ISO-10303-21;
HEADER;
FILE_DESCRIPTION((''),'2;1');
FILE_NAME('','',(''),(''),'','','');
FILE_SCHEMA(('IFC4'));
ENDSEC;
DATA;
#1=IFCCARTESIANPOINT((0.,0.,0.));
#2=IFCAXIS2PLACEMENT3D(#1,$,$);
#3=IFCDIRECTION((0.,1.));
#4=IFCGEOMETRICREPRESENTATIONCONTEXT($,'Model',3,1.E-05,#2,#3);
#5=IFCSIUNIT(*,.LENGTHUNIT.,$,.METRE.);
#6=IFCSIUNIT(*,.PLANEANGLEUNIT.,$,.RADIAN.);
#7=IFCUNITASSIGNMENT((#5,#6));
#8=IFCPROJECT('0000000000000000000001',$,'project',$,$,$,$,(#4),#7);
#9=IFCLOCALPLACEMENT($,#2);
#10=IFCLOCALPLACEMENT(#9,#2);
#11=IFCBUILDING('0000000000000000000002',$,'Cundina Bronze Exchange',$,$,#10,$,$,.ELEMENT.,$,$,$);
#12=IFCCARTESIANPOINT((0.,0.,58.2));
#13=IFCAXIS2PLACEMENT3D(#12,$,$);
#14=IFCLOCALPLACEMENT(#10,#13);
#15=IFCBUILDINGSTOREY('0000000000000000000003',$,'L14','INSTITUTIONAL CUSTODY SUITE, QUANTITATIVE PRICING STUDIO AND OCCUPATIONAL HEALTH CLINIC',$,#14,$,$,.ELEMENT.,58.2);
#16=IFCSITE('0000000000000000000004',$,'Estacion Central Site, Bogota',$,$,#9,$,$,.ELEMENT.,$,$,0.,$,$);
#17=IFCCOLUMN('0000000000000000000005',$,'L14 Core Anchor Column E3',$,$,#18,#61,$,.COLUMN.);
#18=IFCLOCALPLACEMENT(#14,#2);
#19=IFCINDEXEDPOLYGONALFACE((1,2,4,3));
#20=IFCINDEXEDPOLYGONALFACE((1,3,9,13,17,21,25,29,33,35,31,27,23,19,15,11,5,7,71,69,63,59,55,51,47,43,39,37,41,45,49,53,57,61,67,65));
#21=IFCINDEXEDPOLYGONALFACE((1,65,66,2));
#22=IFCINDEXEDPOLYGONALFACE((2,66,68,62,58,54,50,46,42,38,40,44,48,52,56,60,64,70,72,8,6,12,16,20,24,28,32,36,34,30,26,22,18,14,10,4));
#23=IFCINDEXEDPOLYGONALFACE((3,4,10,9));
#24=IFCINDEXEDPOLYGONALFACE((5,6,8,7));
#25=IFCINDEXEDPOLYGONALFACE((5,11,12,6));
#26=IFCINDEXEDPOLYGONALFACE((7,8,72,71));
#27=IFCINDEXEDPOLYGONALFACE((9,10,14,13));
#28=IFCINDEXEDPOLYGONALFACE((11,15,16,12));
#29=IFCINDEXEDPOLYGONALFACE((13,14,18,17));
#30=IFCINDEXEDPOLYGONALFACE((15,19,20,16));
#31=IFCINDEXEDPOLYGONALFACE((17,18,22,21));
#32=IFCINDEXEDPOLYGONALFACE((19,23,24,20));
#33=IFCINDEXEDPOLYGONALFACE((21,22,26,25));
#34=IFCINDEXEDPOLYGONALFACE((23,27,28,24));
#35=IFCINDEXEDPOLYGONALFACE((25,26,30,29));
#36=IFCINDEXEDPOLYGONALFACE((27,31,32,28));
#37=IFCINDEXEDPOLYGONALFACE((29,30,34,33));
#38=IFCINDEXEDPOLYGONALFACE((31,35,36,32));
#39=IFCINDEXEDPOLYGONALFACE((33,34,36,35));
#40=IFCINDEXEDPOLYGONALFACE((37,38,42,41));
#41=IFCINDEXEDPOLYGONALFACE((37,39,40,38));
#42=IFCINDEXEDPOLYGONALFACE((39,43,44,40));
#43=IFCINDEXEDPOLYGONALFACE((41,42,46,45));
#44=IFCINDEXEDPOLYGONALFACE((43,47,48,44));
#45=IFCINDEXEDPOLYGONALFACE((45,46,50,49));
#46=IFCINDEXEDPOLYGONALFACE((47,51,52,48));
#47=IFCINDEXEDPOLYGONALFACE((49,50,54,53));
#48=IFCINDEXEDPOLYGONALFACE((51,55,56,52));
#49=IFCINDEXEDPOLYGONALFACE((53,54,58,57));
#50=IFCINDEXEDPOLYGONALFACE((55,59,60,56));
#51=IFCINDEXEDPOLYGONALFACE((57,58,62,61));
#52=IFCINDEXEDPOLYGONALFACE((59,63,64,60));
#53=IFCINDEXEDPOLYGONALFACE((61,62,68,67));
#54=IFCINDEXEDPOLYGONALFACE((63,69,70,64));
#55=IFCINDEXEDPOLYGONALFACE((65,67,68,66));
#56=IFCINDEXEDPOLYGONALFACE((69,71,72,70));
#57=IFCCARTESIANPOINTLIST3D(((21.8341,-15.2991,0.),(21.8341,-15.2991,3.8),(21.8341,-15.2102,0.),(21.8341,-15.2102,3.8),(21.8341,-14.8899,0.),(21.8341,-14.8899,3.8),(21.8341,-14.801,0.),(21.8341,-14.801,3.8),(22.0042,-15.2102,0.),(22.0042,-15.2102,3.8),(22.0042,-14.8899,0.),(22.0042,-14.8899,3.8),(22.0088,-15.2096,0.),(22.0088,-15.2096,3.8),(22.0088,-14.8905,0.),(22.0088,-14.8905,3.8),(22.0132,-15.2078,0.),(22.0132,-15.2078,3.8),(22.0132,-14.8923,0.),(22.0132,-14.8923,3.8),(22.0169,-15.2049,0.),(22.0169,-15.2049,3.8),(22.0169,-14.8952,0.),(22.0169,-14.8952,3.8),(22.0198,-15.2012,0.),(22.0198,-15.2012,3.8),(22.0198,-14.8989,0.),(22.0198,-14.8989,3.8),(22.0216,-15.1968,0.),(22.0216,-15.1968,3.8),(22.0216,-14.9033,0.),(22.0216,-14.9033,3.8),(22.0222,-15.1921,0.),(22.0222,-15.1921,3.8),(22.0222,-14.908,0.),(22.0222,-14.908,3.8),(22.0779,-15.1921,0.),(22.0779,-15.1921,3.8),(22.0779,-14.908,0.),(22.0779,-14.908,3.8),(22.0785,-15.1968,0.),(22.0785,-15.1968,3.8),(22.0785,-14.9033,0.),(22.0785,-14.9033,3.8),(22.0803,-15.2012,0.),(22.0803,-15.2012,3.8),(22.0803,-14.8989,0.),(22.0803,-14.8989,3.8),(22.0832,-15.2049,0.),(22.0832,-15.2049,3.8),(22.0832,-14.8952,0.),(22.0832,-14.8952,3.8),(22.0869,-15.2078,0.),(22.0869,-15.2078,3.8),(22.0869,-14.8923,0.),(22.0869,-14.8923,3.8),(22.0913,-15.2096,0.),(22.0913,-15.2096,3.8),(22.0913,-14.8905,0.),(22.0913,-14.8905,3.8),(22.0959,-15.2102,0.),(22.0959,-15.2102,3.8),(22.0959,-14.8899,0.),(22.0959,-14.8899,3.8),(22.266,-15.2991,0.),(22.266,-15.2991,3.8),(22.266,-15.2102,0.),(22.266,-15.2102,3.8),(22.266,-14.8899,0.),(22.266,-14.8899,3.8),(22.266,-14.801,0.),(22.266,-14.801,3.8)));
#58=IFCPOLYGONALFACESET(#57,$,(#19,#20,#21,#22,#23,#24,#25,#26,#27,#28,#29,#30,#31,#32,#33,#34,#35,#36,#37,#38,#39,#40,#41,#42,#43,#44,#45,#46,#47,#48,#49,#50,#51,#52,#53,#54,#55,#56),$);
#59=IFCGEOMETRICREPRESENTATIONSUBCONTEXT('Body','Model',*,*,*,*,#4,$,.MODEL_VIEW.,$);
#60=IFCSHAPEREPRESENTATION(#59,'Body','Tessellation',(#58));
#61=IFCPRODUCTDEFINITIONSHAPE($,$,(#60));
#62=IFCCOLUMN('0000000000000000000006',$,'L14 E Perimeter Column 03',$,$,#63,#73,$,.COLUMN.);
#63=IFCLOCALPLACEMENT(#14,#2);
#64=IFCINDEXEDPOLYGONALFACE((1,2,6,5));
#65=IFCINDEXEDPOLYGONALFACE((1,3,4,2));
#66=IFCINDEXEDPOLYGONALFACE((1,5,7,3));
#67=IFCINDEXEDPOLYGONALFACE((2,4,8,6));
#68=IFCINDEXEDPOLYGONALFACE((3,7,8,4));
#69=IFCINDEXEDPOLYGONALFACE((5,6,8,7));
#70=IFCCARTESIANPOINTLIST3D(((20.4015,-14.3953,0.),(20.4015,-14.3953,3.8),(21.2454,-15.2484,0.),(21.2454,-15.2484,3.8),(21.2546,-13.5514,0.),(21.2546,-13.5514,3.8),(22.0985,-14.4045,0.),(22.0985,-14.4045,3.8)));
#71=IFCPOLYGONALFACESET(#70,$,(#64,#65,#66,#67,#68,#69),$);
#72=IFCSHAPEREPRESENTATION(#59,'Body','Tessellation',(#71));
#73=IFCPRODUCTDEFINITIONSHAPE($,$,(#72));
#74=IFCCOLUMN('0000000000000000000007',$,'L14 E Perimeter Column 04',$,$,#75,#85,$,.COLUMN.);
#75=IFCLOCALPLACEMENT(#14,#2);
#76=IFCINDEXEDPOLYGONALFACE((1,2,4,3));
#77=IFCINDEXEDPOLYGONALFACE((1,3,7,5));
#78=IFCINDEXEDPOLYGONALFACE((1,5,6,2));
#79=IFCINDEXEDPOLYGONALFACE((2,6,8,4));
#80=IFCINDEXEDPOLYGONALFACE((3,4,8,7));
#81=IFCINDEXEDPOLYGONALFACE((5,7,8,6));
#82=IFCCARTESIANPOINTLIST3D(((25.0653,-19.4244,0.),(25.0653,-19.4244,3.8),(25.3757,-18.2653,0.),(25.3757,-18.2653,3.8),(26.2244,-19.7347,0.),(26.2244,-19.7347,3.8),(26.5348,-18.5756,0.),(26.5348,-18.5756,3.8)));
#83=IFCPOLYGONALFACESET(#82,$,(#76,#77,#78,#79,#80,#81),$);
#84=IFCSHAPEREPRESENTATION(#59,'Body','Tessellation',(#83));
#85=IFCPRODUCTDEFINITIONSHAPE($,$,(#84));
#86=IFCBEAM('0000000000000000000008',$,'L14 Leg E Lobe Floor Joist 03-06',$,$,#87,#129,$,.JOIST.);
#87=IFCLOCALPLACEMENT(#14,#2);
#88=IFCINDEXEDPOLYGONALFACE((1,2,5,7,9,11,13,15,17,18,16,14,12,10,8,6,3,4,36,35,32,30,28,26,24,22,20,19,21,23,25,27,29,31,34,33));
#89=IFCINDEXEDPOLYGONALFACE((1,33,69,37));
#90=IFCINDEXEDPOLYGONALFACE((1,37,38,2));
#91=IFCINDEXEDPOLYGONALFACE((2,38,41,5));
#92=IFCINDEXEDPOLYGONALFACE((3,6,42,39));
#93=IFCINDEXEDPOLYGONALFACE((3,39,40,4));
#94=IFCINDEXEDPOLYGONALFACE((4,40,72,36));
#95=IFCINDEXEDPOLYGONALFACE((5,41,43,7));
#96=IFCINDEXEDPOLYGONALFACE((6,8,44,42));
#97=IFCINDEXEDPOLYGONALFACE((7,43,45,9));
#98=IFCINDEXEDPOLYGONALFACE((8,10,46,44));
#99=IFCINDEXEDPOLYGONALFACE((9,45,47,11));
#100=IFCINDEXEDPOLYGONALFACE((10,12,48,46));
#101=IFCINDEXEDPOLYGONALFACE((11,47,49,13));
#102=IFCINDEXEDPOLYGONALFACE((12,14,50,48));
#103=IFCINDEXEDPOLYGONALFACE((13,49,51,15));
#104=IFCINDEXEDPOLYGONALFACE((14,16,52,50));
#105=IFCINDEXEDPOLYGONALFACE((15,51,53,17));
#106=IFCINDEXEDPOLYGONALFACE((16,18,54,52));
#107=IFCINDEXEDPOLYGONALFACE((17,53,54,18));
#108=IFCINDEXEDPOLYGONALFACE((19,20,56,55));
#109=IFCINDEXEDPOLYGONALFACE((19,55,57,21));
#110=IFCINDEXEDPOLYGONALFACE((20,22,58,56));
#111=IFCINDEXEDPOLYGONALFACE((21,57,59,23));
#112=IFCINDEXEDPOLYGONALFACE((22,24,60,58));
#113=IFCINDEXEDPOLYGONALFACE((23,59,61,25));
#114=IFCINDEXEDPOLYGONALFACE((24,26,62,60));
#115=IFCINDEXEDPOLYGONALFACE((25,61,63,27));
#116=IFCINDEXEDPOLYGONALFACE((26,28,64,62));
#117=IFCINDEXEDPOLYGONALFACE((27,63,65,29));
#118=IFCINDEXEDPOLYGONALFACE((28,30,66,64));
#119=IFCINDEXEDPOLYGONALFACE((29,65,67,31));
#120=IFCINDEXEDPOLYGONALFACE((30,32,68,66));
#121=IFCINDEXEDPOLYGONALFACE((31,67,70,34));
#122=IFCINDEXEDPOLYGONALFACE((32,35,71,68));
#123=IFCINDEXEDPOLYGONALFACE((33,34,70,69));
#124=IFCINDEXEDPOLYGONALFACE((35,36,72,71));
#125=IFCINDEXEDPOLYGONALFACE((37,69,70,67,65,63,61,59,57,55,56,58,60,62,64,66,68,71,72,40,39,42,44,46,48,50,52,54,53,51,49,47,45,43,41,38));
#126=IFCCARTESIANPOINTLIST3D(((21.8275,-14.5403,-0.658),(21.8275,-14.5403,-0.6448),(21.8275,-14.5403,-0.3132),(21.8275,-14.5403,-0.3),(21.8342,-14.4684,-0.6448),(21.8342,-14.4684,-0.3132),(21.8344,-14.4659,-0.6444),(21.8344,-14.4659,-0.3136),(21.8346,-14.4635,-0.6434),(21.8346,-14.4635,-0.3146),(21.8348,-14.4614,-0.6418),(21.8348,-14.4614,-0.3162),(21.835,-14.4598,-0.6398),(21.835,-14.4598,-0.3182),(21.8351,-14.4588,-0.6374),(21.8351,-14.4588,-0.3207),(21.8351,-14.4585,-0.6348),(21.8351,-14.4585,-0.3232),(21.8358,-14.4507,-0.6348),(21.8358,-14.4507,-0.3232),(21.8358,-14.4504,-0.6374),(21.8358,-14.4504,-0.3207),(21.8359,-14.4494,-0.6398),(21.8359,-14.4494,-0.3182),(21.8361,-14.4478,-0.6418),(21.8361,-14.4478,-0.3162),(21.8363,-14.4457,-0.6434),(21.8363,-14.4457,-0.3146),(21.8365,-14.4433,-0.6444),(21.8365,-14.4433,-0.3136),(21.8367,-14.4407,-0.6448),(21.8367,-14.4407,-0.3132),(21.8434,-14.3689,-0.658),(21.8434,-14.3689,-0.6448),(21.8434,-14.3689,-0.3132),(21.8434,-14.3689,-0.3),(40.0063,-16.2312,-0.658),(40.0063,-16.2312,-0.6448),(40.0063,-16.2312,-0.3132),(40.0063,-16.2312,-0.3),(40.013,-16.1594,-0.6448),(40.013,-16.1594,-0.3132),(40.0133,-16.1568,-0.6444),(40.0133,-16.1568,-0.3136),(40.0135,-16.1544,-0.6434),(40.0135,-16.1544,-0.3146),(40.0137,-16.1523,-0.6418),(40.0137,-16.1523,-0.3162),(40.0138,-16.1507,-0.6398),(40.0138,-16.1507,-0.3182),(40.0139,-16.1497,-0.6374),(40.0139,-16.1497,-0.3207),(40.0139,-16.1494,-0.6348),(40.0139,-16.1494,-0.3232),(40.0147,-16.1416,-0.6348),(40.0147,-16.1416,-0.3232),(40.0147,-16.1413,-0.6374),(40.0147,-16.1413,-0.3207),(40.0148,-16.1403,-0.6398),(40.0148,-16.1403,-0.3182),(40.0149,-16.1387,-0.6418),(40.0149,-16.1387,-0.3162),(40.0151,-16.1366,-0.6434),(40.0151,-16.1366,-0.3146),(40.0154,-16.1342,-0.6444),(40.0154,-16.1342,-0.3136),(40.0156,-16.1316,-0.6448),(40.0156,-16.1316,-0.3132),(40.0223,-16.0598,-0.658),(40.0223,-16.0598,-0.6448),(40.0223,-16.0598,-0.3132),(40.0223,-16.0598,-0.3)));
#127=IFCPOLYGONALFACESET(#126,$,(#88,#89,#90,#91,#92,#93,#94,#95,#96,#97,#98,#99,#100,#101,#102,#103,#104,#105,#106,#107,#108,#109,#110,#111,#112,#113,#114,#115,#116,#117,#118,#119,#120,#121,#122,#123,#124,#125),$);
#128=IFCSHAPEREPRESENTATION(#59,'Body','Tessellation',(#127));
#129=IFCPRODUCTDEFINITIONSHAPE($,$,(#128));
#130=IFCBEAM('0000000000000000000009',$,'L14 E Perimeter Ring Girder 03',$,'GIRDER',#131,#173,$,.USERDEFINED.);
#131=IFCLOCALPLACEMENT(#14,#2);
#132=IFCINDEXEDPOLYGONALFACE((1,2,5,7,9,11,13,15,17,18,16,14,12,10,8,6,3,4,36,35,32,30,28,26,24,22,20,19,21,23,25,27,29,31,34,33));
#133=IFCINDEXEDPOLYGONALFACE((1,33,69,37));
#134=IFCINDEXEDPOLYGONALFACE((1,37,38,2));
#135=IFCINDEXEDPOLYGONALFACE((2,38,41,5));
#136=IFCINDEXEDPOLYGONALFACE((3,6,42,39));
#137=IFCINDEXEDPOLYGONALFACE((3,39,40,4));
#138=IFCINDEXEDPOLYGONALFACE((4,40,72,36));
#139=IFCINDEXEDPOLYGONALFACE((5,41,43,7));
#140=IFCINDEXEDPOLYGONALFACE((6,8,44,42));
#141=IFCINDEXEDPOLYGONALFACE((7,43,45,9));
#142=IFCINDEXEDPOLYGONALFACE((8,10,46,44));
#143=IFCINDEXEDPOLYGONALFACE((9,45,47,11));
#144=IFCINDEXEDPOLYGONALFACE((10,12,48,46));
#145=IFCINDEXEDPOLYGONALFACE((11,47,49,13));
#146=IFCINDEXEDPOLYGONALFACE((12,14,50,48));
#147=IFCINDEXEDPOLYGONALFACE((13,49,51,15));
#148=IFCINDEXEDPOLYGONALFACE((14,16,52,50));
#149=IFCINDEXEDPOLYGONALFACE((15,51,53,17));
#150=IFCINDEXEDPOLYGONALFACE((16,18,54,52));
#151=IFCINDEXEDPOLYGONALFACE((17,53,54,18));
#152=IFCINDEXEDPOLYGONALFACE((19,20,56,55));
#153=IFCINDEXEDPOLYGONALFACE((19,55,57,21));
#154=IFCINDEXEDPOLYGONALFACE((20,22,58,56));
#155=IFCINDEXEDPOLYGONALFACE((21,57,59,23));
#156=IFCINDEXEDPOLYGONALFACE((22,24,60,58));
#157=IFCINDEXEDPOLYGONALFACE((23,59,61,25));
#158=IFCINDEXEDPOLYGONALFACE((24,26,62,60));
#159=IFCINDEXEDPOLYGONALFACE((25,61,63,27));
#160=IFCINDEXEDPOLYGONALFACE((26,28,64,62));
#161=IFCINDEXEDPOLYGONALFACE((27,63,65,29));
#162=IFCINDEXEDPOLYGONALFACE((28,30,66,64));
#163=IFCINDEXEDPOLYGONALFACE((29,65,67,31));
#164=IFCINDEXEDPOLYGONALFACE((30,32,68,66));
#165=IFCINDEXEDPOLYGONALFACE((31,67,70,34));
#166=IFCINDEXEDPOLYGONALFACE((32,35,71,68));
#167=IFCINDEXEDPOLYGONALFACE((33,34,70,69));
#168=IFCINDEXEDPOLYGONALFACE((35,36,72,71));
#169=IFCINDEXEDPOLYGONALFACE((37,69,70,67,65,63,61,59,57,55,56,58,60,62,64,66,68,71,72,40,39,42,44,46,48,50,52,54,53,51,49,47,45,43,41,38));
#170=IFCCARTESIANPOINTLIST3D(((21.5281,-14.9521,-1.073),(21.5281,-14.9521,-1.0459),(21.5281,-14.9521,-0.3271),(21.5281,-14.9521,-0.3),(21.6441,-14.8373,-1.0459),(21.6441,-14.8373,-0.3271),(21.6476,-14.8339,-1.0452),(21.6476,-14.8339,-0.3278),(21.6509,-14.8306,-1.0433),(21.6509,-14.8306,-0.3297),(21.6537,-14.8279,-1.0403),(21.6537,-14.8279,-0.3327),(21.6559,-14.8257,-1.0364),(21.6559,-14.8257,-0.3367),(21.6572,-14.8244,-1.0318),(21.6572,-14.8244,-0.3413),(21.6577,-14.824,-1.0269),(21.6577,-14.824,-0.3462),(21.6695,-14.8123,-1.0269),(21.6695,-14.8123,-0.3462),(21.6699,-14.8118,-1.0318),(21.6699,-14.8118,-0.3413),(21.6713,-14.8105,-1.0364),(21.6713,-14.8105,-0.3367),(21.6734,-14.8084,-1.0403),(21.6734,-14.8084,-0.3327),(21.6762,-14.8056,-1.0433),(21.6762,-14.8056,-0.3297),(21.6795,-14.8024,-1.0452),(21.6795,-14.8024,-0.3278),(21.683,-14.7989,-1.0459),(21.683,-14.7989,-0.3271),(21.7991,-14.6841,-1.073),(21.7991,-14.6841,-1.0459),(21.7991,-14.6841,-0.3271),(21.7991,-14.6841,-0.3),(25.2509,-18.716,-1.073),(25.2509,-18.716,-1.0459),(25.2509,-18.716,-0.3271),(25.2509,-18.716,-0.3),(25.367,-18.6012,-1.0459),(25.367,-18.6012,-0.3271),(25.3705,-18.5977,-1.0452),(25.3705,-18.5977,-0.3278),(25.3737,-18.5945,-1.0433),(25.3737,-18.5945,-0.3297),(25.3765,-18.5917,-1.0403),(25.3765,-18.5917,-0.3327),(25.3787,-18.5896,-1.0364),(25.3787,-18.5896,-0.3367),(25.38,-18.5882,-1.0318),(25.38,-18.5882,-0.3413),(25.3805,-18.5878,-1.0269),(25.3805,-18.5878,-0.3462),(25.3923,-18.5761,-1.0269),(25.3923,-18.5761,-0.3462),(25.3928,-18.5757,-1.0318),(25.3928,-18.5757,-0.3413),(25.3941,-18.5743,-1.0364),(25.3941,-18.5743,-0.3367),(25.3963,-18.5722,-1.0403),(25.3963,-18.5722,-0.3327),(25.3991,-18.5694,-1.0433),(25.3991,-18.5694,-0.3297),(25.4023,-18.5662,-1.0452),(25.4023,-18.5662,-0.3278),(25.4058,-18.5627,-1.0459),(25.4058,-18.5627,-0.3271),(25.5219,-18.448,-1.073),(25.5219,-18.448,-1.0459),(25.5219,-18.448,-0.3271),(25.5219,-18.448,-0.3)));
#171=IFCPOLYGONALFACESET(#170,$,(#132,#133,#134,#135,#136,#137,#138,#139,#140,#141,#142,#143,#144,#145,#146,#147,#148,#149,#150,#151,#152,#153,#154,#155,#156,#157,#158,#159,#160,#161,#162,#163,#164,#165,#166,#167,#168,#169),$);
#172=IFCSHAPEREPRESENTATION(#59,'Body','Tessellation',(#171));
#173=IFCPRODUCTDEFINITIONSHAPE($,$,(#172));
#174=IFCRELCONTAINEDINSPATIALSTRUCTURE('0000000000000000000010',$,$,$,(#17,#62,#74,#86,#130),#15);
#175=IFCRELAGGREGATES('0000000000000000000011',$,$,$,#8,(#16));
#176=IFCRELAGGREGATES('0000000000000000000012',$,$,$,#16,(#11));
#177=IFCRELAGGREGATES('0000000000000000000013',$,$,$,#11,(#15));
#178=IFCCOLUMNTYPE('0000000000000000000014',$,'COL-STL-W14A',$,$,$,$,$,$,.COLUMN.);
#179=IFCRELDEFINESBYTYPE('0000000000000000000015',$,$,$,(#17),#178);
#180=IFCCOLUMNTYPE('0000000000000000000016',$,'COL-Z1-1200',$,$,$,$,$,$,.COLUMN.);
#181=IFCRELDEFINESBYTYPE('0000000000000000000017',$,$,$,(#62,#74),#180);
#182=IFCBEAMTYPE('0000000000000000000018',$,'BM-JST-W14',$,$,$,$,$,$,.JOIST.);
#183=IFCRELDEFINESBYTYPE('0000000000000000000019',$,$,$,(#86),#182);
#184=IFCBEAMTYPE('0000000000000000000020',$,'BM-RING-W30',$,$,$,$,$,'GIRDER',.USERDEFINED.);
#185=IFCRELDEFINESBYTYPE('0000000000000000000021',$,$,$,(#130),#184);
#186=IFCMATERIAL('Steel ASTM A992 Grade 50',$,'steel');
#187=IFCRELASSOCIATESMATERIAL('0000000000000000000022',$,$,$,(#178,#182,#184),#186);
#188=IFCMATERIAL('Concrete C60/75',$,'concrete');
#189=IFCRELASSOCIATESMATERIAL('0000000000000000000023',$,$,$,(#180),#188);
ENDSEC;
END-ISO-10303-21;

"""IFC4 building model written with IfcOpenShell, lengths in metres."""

from ifc_helpers import new_model, si_unit, direction, frame, origin, origin_2d, place, context, subcontext, project, spatial, rectangle, i_section, extrude, material, material_profile, profile_set, type_object, element, save


model = new_model("IFC4")

# Units and contexts
model_context = context("Model", 3, precision=1e-05, world=origin(), true_north=direction((0.0, 1.0)))
body_context = subcontext(model_context, "Body", "Model", "MODEL_VIEW")
ifc_project = project(units=[si_unit("LENGTHUNIT", "METRE"), si_unit("PLANEANGLEUNIT", "RADIAN")], contexts=[model_context])

# Site, building, storey
site_placement = place(None, origin())
site = spatial("IfcSite", under=ifc_project, at=site_placement, Name="Estacion Central Site, Bogota", CompositionType="ELEMENT", RefElevation=0.0)
building_placement = place(site_placement, origin())
building = spatial("IfcBuilding", under=site, at=building_placement, Name="Cundina Bronze Exchange", CompositionType="ELEMENT")
storey_placement = place(building_placement, frame((0.0, 0.0, 58.2)))
storey = spatial("IfcBuildingStorey", under=building, at=storey_placement, Name="L14", Description="INSTITUTIONAL CUSTODY SUITE, QUANTITATIVE PRICING STUDIO AND OCCUPATIONAL HEALTH CLINIC", CompositionType="ELEMENT", Elevation=58.2)

# Columns
ifc_material_1 = material(Name="Steel ASTM A992 Grade 50", Category="steel")
ifc_material_profile_1 = material_profile(ifc_material_1, i_section(OverallWidth=0.4319, OverallDepth=0.498, WebThickness=0.0557, FlangeThickness=0.0889, FilletRadius=0.0181, at=origin_2d()), Name="W14X500", Category="steel")
ifc_profile_set_1 = profile_set([ifc_material_profile_1], Name="Steel ASTM A992 Grade 50")
column_type_1 = type_object("IfcColumnType", Name="COL-STL-W14A", PredefinedType="COLUMN", material=ifc_profile_set_1)
column_placement = place(storey_placement, frame((22.05, -15.05, 0.0), z_axis=(0.0, 0.0, 1.0), x_axis=(1.0, 0.0, 0.0)))
element("IfcColumn", 1, at=column_placement, inside=storey, type_object=column_type_1, Name="L14 Core Anchor Column E3", PredefinedType="COLUMN", context=body_context, shape_type="SweptSolid", body=[
    extrude(i_section(OverallWidth=0.4319, OverallDepth=0.498, WebThickness=0.0557, FlangeThickness=0.0889, FilletRadius=0.0181, at=origin_2d()), origin(), (0.0, 0.0, 1.0), 3.8),
])
ifc_material_2 = material(Name="Concrete C60/75", Category="concrete")
ifc_material_profile_2 = material_profile(ifc_material_2, rectangle(XDim=1.2, YDim=1.2, at=origin_2d()), Name="RC1200X1200", Category="concrete")
ifc_profile_set_2 = profile_set([ifc_material_profile_2], Name="Concrete C60/75")
column_type_2 = type_object("IfcColumnType", Name="COL-Z1-1200", PredefinedType="COLUMN", material=ifc_profile_set_2)
for number, where, z_axis, x_axis, name in (
    (2, (21.25, -14.3999, 0.0), (0.0, 0.0, 1.0), (0.703271, -0.710922, 0.0), "L14 E Perimeter Column 03"),
    (3, (25.8, -19.0, 0.0), (0.0, 0.0, 1.0), (0.965971, -0.25865, 0.0), "L14 E Perimeter Column 04"),
):
    element("IfcColumn", number, at=place(storey_placement, frame(where, z_axis=z_axis, x_axis=x_axis)), inside=storey, type_object=column_type_2, Name=name, PredefinedType="COLUMN", context=body_context, shape_type="SweptSolid", body=[
        extrude(rectangle(XDim=1.2, YDim=1.2, at=origin_2d()), origin(), (0.0, 0.0, 1.0), 3.8),
    ])

# Beams
ifc_material_profile_3 = material_profile(ifc_material_1, i_section(OverallWidth=0.1721, OverallDepth=0.3579, WebThickness=0.0078, FlangeThickness=0.0132, FilletRadius=0.01, at=origin_2d()), Name="W14X38", Category="steel")
ifc_profile_set_3 = profile_set([ifc_material_profile_3], Name="Steel ASTM A992 Grade 50")
beam_type_1 = type_object("IfcBeamType", Name="BM-JST-W14", PredefinedType="JOIST", material=ifc_profile_set_3)
beam_1_placement = place(storey_placement, frame((21.8354, -14.4546, -0.479), z_axis=(0.995702, -0.092615, 0.0), x_axis=(0.092615, 0.995702, 0.0)))
element("IfcBeam", 4, at=beam_1_placement, inside=storey, type_object=beam_type_1, Name="L14 Leg E Lobe Floor Joist 03-06", PredefinedType="JOIST", context=body_context, shape_type="SweptSolid", body=[
    extrude(i_section(OverallWidth=0.1721, OverallDepth=0.3579, WebThickness=0.0078, FlangeThickness=0.0132, FilletRadius=0.01, at=origin_2d()), origin(), (0.0, 0.0, 1.0), 18.2573),
])
ifc_material_profile_4 = material_profile(ifc_material_1, i_section(OverallWidth=0.3811, OverallDepth=0.7729, WebThickness=0.0166, FlangeThickness=0.0271, FilletRadius=0.019, at=origin_2d()), Name="W30X173", Category="steel")
ifc_profile_set_4 = profile_set([ifc_material_profile_4], Name="Steel ASTM A992 Grade 50")
beam_type_2 = type_object("IfcBeamType", Name="BM-RING-W30", ElementType="GIRDER", PredefinedType="USERDEFINED", material=ifc_profile_set_4)
beam_2_placement = place(storey_placement, frame((21.6636, -14.8181, -0.6865), z_axis=(0.703222, -0.71097, 0.0), x_axis=(0.71097, 0.703222, 0.0)))
element("IfcBeam", 5, at=beam_2_placement, inside=storey, type_object=beam_type_2, Name="L14 E Perimeter Ring Girder 03", ObjectType="GIRDER", PredefinedType="USERDEFINED", context=body_context, shape_type="SweptSolid", body=[
    extrude(i_section(OverallWidth=0.3811, OverallDepth=0.7729, WebThickness=0.0166, FlangeThickness=0.0271, FilletRadius=0.019, at=origin_2d()), origin(), (0.0, 0.0, 1.0), 5.2939),
])

save(model, "model.ifc")
